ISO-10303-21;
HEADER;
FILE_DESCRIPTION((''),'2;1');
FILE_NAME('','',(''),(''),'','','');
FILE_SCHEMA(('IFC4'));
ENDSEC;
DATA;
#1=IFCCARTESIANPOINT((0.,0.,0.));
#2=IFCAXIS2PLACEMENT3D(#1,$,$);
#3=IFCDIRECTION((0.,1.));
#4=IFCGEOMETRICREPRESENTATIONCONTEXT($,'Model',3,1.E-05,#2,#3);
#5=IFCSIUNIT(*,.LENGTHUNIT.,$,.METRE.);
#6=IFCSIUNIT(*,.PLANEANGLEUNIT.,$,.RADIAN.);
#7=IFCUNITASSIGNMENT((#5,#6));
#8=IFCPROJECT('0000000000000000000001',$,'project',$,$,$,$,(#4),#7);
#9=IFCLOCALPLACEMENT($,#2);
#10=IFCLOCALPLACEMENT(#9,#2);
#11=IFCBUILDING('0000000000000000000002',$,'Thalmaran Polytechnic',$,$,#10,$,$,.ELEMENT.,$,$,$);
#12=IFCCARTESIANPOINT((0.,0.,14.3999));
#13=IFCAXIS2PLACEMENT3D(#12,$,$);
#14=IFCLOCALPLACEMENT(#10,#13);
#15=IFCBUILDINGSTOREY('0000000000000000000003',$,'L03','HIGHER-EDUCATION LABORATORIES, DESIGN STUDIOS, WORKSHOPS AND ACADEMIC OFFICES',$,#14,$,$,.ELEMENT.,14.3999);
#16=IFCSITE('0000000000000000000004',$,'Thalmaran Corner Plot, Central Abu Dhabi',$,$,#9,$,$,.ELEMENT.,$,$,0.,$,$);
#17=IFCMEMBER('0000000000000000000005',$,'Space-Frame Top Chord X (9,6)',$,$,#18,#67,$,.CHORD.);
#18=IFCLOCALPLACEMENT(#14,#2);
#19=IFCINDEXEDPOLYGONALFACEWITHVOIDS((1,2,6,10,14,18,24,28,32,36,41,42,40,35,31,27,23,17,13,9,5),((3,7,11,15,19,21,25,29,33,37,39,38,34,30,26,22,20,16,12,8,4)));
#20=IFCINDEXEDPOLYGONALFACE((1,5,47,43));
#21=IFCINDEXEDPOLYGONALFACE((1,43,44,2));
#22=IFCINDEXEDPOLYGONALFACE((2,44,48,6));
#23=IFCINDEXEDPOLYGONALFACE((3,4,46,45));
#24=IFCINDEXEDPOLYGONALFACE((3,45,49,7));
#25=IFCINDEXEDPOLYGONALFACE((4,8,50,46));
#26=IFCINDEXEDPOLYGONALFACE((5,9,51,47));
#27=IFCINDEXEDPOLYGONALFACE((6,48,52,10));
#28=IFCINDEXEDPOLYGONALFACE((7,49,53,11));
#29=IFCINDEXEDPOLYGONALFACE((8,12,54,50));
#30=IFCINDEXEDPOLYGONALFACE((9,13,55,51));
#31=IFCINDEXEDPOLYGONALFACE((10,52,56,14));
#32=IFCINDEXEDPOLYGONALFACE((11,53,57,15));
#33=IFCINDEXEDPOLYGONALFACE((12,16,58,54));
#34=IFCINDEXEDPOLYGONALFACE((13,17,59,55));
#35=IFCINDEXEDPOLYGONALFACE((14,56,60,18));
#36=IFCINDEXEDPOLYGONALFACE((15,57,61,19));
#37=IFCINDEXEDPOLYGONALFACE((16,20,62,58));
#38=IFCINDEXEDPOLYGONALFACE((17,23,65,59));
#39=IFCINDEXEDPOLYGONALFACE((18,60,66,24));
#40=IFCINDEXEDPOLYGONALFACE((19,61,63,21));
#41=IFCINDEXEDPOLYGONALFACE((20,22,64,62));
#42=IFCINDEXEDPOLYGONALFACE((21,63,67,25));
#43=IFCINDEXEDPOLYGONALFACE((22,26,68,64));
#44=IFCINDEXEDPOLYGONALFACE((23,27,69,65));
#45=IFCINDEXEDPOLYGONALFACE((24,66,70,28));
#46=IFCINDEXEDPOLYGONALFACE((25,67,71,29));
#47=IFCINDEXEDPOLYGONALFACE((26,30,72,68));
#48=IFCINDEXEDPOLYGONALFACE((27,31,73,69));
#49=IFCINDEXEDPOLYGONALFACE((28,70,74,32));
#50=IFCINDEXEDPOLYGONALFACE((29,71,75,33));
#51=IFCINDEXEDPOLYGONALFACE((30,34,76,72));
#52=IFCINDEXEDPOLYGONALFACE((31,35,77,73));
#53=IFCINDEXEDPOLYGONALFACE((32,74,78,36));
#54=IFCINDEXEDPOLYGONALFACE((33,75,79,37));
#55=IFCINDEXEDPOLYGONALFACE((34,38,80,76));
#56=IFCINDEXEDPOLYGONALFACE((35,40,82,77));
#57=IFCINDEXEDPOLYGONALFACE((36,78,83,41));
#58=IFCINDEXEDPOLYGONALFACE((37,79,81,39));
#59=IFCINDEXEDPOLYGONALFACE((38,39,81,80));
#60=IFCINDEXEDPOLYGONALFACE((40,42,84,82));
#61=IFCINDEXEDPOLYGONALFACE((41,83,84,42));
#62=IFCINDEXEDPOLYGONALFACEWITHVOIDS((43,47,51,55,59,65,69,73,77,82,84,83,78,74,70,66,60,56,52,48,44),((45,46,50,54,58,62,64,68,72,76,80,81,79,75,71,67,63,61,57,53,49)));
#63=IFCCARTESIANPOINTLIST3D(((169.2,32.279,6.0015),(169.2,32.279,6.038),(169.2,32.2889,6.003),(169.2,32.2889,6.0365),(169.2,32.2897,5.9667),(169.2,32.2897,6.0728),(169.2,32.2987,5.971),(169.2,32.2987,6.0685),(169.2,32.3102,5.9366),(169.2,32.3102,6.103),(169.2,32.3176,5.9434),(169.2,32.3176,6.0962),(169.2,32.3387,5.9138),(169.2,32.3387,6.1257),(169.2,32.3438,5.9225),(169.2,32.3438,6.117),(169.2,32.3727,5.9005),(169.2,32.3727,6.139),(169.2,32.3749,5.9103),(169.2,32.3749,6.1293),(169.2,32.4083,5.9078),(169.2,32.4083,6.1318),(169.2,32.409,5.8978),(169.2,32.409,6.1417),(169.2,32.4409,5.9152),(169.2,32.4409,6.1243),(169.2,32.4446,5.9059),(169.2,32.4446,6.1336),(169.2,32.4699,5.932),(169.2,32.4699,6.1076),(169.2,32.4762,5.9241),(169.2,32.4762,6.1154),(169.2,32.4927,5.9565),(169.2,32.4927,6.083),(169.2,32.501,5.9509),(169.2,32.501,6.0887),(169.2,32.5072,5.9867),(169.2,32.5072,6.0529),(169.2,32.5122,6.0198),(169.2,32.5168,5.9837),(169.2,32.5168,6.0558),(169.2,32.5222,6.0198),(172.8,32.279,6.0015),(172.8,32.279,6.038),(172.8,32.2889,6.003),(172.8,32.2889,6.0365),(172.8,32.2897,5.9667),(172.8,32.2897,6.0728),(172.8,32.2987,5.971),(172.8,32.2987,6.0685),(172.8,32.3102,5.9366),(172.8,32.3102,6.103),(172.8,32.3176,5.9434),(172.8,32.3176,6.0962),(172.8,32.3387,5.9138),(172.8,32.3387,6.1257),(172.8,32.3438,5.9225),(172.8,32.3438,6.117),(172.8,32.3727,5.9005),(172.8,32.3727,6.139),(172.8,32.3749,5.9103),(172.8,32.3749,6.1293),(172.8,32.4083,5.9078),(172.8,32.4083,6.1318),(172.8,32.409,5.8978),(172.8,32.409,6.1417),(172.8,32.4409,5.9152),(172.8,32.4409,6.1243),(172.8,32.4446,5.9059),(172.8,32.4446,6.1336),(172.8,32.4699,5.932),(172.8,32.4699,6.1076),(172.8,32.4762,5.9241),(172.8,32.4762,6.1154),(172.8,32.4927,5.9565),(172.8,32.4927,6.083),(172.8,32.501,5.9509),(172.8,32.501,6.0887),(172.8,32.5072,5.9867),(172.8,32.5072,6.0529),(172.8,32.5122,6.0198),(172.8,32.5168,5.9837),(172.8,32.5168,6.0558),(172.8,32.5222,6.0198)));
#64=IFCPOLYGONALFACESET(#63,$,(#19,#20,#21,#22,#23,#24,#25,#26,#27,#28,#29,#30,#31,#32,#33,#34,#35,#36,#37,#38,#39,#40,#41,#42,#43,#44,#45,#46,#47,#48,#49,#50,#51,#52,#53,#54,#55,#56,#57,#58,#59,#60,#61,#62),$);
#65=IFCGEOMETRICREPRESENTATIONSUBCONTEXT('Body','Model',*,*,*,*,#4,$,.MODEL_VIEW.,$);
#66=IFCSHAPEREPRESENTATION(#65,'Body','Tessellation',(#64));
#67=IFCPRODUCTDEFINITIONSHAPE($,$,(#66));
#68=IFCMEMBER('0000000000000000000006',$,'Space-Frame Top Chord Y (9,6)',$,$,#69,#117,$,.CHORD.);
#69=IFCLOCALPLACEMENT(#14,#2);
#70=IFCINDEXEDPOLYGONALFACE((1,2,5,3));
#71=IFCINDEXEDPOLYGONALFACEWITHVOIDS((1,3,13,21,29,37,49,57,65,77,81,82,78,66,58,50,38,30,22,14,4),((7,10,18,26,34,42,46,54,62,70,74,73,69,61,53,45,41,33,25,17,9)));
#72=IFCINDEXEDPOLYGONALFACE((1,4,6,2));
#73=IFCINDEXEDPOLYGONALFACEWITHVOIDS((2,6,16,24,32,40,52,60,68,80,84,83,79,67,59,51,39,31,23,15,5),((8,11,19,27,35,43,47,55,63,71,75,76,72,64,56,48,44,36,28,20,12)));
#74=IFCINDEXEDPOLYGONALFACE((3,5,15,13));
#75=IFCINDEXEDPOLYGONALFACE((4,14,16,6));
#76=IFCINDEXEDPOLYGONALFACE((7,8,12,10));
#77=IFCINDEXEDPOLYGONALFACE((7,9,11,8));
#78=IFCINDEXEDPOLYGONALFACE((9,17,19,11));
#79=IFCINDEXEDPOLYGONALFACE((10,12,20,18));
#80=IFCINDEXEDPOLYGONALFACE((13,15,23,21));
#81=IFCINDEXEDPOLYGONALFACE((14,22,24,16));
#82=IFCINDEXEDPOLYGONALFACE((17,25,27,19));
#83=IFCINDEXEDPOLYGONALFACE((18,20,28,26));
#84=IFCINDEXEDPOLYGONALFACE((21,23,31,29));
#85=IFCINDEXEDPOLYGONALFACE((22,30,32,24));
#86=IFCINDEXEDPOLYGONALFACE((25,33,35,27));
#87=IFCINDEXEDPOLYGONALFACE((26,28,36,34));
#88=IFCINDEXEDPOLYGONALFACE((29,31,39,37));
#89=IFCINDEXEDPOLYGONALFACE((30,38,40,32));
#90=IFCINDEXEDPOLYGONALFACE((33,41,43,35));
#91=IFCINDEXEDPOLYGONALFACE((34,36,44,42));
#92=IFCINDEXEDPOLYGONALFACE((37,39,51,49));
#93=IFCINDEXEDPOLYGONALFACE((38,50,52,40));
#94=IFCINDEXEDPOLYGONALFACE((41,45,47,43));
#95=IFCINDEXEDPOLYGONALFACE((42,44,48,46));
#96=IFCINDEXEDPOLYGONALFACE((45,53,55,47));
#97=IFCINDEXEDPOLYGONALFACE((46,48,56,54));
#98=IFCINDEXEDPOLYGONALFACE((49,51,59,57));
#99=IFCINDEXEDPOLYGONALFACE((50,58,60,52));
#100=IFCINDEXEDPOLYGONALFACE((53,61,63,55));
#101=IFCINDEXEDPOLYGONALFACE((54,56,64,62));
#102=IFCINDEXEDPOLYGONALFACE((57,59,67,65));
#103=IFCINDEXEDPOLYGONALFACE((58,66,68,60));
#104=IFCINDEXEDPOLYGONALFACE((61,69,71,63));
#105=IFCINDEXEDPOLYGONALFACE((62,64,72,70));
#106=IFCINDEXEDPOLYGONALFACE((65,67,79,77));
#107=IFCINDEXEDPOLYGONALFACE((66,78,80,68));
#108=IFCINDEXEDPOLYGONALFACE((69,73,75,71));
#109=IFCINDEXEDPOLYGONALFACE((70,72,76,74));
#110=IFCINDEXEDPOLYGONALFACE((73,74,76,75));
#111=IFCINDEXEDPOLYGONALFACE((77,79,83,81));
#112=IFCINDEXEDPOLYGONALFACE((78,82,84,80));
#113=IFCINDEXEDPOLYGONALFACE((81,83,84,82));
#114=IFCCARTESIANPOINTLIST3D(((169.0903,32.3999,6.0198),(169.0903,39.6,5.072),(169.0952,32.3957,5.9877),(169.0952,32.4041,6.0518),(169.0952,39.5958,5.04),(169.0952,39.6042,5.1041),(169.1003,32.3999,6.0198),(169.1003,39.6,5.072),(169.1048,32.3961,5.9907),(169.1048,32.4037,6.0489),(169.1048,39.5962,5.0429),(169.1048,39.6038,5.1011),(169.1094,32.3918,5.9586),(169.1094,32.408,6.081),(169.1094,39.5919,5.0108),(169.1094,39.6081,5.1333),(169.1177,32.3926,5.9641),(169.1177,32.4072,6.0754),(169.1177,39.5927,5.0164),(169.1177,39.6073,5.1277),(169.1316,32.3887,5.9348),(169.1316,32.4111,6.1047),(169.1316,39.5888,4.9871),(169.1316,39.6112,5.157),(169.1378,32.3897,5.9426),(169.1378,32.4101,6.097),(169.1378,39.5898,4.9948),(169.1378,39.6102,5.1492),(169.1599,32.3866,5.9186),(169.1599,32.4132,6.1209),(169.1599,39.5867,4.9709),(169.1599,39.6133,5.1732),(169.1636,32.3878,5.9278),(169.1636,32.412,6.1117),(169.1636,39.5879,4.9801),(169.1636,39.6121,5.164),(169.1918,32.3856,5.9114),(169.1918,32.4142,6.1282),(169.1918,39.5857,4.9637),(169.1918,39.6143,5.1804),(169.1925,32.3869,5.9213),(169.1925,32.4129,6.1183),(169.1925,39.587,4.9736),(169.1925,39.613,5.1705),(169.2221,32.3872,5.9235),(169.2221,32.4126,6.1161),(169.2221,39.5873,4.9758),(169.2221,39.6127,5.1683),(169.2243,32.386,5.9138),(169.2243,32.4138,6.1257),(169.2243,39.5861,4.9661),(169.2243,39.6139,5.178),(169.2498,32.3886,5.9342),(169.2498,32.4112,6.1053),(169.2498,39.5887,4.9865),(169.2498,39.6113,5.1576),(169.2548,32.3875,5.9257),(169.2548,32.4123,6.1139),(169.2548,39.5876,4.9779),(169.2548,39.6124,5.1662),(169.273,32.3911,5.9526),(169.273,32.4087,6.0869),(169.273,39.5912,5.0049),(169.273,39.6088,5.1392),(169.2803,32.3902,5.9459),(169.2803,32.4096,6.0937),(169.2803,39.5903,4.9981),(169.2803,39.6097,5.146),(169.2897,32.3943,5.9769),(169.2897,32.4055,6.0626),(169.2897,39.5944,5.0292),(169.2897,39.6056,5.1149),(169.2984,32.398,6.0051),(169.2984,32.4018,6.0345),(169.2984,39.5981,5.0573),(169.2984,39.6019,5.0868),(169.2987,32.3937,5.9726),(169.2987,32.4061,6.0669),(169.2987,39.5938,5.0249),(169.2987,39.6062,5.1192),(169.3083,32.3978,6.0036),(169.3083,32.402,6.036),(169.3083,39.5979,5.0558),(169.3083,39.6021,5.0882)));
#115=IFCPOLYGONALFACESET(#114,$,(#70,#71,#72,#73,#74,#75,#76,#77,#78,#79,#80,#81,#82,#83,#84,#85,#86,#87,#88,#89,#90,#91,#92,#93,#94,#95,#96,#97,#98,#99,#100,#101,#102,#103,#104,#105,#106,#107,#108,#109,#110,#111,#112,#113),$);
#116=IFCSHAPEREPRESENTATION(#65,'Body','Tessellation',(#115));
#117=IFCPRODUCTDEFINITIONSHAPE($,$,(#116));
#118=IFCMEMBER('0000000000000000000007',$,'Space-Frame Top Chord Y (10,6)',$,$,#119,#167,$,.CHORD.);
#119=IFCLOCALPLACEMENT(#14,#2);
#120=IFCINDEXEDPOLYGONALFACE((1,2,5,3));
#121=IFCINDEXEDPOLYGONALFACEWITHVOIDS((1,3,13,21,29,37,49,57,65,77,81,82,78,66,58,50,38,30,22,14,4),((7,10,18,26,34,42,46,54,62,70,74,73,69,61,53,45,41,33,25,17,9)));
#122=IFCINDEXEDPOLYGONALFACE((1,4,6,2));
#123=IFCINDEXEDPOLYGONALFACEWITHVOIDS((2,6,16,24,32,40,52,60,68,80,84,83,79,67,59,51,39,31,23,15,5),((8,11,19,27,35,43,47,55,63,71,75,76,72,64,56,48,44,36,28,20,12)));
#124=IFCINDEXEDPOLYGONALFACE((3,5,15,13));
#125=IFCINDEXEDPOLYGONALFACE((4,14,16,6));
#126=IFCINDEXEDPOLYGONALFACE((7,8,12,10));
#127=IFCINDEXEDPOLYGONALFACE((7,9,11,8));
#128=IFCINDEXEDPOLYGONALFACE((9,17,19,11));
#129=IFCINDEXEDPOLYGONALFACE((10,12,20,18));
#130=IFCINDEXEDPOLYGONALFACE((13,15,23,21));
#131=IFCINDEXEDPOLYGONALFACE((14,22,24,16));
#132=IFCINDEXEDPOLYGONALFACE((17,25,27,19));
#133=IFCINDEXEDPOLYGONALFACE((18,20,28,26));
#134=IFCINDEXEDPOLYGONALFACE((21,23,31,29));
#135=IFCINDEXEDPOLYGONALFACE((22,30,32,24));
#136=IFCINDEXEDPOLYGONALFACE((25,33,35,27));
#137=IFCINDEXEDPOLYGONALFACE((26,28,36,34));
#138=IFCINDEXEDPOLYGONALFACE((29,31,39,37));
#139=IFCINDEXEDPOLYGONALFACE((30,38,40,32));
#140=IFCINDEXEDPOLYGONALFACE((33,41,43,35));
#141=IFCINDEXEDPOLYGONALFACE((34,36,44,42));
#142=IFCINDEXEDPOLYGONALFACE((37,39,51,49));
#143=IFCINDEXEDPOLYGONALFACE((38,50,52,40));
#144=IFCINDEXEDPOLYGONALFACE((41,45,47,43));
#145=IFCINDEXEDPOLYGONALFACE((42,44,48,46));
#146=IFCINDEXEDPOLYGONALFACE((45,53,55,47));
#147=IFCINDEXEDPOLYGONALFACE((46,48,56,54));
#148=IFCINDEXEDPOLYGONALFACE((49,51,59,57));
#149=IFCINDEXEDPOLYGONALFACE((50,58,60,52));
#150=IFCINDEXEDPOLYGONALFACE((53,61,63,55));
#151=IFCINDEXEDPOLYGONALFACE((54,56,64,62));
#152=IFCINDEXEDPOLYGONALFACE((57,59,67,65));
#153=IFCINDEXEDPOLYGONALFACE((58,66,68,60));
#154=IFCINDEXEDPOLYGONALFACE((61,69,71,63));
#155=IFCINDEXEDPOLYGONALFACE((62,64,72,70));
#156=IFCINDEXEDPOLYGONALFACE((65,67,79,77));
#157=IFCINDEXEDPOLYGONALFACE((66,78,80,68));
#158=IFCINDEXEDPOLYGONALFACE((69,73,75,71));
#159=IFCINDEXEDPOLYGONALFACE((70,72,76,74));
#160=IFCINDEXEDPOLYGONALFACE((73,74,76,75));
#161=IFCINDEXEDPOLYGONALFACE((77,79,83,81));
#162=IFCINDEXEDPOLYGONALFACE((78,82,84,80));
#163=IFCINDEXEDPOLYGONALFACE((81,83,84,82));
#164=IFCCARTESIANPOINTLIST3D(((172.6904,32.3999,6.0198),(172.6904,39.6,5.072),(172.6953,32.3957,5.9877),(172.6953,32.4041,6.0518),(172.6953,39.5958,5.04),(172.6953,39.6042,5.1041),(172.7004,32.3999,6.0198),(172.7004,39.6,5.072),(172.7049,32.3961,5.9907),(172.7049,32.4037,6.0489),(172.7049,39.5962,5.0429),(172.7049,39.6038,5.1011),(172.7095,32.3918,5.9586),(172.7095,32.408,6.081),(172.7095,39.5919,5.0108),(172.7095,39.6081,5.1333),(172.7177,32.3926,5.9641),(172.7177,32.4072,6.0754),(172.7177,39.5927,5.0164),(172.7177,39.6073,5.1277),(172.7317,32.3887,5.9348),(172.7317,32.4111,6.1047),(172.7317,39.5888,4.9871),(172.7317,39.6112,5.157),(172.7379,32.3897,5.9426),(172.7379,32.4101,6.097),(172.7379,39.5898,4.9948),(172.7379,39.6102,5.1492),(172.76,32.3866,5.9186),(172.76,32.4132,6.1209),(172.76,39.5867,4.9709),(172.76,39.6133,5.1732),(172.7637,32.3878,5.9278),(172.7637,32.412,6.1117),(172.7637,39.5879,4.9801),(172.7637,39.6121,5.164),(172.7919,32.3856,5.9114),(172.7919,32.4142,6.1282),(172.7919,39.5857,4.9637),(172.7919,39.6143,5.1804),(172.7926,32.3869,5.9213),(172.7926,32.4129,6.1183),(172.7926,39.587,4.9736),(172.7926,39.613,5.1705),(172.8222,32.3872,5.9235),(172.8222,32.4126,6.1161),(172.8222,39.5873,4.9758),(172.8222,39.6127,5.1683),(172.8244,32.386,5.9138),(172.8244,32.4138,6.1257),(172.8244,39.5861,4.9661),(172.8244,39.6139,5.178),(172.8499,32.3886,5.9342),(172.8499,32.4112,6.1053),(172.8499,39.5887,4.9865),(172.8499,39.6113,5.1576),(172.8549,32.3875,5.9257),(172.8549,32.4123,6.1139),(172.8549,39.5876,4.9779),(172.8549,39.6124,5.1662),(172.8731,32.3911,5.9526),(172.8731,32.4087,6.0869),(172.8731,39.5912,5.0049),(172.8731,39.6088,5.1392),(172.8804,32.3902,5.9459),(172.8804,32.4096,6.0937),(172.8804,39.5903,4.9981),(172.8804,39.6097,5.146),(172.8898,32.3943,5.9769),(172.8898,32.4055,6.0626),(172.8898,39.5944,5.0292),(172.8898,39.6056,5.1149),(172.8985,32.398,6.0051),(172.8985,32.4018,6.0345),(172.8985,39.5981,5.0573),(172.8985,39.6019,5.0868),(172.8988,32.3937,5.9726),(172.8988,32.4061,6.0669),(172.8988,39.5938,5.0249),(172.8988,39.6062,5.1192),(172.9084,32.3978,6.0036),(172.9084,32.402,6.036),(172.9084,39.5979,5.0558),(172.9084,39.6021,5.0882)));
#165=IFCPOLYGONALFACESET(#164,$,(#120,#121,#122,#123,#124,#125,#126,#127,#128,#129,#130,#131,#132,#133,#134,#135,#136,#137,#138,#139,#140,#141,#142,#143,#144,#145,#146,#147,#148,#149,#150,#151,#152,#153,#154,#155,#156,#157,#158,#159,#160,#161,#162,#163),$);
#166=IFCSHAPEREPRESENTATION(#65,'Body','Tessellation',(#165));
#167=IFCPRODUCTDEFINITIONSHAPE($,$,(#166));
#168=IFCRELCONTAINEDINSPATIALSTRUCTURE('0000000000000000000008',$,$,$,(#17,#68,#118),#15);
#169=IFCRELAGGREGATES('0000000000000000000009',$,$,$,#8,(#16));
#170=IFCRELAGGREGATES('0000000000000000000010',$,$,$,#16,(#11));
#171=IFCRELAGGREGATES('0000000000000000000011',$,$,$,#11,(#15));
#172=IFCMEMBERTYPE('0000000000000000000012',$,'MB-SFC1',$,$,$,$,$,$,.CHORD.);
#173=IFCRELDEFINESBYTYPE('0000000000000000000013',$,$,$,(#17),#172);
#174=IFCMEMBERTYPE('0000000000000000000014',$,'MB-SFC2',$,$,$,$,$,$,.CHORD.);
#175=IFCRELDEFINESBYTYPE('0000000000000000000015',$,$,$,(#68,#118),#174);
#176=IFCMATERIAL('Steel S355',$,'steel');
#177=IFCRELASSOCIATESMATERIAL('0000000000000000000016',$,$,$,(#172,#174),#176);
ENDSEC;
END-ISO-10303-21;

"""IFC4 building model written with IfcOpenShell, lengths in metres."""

from ifc_helpers import new_model, si_unit, direction, frame, origin, origin_2d, place, context, subcontext, project, spatial, hollow_circle, extrude, material, material_profile, profile_set, type_object, element, save


model = new_model("IFC4")

# Units and contexts
model_context = context("Model", 3, precision=1e-05, world=origin(), true_north=direction((0.0, 1.0)))
body_context = subcontext(model_context, "Body", "Model", "MODEL_VIEW")
ifc_project = project(units=[si_unit("LENGTHUNIT", "METRE"), si_unit("PLANEANGLEUNIT", "RADIAN")], contexts=[model_context])

# Site, building, storey
site_placement = place(None, origin())
site = spatial("IfcSite", under=ifc_project, at=site_placement, Name="Thalmaran Corner Plot, Central Abu Dhabi", CompositionType="ELEMENT", RefElevation=0.0)
building_placement = place(site_placement, origin())
building = spatial("IfcBuilding", under=site, at=building_placement, Name="Thalmaran Polytechnic", CompositionType="ELEMENT")
storey_placement = place(building_placement, frame((0.0, 0.0, 14.3999)))
storey = spatial("IfcBuildingStorey", under=building, at=storey_placement, Name="L03", Description="HIGHER-EDUCATION LABORATORIES, DESIGN STUDIOS, WORKSHOPS AND ACADEMIC OFFICES", CompositionType="ELEMENT", Elevation=14.3999)

# Shared definitions
ifc_material_1 = material(Name="Steel S355", Category="steel")

# Members
ifc_material_profile_1 = material_profile(ifc_material_1, hollow_circle(Radius=0.1223, WallThickness=0.01, at=origin_2d()), Name="CHS 244.5x10.0")
ifc_profile_set_1 = profile_set([ifc_material_profile_1], Name="Steel S355")
member_type_1 = type_object("IfcMemberType", Name="MB-SFC1", PredefinedType="CHORD", material=ifc_profile_set_1)
member_1_placement = place(storey_placement, frame((169.2, 32.3999, 6.0198), z_axis=(1.0, 0.0, 0.0), x_axis=(0.0, 1.0, 0.0)))
element("IfcMember", 1, at=member_1_placement, inside=storey, type_object=member_type_1, Name="Space-Frame Top Chord X (9,6)", PredefinedType="CHORD", context=body_context, shape_type="SweptSolid", body=[
    extrude(hollow_circle(Radius=0.1223, WallThickness=0.01, at=origin_2d()), origin(), (0.0, 0.0, 1.0), 3.6001),
])
ifc_material_profile_2 = material_profile(ifc_material_1, hollow_circle(Radius=0.1096, WallThickness=0.01, at=origin_2d()), Name="CHS 219.1x10.0")
ifc_profile_set_2 = profile_set([ifc_material_profile_2], Name="Steel S355")
member_type_2 = type_object("IfcMemberType", Name="MB-SFC2", PredefinedType="CHORD", material=ifc_profile_set_2)
for number, where, z_axis, x_axis, name in (
    (2, (169.2, 32.3999, 6.0198), (0.0, 0.991448, -0.130503), (-1.0, 0.0, 0.0), "Space-Frame Top Chord Y (9,6)"),
    (3, (172.8, 32.3999, 6.0198), (0.0, 0.991448, -0.130503), (-1.0, 0.0, 0.0), "Space-Frame Top Chord Y (10,6)"),
):
    element("IfcMember", number, at=place(storey_placement, frame(where, z_axis=z_axis, x_axis=x_axis)), inside=storey, type_object=member_type_2, Name=name, PredefinedType="CHORD", context=body_context, shape_type="SweptSolid", body=[
        extrude(hollow_circle(Radius=0.1096, WallThickness=0.01, at=origin_2d()), origin(), (0.0, 0.0, 1.0), 7.2622),
    ])

save(model, "model.ifc")
